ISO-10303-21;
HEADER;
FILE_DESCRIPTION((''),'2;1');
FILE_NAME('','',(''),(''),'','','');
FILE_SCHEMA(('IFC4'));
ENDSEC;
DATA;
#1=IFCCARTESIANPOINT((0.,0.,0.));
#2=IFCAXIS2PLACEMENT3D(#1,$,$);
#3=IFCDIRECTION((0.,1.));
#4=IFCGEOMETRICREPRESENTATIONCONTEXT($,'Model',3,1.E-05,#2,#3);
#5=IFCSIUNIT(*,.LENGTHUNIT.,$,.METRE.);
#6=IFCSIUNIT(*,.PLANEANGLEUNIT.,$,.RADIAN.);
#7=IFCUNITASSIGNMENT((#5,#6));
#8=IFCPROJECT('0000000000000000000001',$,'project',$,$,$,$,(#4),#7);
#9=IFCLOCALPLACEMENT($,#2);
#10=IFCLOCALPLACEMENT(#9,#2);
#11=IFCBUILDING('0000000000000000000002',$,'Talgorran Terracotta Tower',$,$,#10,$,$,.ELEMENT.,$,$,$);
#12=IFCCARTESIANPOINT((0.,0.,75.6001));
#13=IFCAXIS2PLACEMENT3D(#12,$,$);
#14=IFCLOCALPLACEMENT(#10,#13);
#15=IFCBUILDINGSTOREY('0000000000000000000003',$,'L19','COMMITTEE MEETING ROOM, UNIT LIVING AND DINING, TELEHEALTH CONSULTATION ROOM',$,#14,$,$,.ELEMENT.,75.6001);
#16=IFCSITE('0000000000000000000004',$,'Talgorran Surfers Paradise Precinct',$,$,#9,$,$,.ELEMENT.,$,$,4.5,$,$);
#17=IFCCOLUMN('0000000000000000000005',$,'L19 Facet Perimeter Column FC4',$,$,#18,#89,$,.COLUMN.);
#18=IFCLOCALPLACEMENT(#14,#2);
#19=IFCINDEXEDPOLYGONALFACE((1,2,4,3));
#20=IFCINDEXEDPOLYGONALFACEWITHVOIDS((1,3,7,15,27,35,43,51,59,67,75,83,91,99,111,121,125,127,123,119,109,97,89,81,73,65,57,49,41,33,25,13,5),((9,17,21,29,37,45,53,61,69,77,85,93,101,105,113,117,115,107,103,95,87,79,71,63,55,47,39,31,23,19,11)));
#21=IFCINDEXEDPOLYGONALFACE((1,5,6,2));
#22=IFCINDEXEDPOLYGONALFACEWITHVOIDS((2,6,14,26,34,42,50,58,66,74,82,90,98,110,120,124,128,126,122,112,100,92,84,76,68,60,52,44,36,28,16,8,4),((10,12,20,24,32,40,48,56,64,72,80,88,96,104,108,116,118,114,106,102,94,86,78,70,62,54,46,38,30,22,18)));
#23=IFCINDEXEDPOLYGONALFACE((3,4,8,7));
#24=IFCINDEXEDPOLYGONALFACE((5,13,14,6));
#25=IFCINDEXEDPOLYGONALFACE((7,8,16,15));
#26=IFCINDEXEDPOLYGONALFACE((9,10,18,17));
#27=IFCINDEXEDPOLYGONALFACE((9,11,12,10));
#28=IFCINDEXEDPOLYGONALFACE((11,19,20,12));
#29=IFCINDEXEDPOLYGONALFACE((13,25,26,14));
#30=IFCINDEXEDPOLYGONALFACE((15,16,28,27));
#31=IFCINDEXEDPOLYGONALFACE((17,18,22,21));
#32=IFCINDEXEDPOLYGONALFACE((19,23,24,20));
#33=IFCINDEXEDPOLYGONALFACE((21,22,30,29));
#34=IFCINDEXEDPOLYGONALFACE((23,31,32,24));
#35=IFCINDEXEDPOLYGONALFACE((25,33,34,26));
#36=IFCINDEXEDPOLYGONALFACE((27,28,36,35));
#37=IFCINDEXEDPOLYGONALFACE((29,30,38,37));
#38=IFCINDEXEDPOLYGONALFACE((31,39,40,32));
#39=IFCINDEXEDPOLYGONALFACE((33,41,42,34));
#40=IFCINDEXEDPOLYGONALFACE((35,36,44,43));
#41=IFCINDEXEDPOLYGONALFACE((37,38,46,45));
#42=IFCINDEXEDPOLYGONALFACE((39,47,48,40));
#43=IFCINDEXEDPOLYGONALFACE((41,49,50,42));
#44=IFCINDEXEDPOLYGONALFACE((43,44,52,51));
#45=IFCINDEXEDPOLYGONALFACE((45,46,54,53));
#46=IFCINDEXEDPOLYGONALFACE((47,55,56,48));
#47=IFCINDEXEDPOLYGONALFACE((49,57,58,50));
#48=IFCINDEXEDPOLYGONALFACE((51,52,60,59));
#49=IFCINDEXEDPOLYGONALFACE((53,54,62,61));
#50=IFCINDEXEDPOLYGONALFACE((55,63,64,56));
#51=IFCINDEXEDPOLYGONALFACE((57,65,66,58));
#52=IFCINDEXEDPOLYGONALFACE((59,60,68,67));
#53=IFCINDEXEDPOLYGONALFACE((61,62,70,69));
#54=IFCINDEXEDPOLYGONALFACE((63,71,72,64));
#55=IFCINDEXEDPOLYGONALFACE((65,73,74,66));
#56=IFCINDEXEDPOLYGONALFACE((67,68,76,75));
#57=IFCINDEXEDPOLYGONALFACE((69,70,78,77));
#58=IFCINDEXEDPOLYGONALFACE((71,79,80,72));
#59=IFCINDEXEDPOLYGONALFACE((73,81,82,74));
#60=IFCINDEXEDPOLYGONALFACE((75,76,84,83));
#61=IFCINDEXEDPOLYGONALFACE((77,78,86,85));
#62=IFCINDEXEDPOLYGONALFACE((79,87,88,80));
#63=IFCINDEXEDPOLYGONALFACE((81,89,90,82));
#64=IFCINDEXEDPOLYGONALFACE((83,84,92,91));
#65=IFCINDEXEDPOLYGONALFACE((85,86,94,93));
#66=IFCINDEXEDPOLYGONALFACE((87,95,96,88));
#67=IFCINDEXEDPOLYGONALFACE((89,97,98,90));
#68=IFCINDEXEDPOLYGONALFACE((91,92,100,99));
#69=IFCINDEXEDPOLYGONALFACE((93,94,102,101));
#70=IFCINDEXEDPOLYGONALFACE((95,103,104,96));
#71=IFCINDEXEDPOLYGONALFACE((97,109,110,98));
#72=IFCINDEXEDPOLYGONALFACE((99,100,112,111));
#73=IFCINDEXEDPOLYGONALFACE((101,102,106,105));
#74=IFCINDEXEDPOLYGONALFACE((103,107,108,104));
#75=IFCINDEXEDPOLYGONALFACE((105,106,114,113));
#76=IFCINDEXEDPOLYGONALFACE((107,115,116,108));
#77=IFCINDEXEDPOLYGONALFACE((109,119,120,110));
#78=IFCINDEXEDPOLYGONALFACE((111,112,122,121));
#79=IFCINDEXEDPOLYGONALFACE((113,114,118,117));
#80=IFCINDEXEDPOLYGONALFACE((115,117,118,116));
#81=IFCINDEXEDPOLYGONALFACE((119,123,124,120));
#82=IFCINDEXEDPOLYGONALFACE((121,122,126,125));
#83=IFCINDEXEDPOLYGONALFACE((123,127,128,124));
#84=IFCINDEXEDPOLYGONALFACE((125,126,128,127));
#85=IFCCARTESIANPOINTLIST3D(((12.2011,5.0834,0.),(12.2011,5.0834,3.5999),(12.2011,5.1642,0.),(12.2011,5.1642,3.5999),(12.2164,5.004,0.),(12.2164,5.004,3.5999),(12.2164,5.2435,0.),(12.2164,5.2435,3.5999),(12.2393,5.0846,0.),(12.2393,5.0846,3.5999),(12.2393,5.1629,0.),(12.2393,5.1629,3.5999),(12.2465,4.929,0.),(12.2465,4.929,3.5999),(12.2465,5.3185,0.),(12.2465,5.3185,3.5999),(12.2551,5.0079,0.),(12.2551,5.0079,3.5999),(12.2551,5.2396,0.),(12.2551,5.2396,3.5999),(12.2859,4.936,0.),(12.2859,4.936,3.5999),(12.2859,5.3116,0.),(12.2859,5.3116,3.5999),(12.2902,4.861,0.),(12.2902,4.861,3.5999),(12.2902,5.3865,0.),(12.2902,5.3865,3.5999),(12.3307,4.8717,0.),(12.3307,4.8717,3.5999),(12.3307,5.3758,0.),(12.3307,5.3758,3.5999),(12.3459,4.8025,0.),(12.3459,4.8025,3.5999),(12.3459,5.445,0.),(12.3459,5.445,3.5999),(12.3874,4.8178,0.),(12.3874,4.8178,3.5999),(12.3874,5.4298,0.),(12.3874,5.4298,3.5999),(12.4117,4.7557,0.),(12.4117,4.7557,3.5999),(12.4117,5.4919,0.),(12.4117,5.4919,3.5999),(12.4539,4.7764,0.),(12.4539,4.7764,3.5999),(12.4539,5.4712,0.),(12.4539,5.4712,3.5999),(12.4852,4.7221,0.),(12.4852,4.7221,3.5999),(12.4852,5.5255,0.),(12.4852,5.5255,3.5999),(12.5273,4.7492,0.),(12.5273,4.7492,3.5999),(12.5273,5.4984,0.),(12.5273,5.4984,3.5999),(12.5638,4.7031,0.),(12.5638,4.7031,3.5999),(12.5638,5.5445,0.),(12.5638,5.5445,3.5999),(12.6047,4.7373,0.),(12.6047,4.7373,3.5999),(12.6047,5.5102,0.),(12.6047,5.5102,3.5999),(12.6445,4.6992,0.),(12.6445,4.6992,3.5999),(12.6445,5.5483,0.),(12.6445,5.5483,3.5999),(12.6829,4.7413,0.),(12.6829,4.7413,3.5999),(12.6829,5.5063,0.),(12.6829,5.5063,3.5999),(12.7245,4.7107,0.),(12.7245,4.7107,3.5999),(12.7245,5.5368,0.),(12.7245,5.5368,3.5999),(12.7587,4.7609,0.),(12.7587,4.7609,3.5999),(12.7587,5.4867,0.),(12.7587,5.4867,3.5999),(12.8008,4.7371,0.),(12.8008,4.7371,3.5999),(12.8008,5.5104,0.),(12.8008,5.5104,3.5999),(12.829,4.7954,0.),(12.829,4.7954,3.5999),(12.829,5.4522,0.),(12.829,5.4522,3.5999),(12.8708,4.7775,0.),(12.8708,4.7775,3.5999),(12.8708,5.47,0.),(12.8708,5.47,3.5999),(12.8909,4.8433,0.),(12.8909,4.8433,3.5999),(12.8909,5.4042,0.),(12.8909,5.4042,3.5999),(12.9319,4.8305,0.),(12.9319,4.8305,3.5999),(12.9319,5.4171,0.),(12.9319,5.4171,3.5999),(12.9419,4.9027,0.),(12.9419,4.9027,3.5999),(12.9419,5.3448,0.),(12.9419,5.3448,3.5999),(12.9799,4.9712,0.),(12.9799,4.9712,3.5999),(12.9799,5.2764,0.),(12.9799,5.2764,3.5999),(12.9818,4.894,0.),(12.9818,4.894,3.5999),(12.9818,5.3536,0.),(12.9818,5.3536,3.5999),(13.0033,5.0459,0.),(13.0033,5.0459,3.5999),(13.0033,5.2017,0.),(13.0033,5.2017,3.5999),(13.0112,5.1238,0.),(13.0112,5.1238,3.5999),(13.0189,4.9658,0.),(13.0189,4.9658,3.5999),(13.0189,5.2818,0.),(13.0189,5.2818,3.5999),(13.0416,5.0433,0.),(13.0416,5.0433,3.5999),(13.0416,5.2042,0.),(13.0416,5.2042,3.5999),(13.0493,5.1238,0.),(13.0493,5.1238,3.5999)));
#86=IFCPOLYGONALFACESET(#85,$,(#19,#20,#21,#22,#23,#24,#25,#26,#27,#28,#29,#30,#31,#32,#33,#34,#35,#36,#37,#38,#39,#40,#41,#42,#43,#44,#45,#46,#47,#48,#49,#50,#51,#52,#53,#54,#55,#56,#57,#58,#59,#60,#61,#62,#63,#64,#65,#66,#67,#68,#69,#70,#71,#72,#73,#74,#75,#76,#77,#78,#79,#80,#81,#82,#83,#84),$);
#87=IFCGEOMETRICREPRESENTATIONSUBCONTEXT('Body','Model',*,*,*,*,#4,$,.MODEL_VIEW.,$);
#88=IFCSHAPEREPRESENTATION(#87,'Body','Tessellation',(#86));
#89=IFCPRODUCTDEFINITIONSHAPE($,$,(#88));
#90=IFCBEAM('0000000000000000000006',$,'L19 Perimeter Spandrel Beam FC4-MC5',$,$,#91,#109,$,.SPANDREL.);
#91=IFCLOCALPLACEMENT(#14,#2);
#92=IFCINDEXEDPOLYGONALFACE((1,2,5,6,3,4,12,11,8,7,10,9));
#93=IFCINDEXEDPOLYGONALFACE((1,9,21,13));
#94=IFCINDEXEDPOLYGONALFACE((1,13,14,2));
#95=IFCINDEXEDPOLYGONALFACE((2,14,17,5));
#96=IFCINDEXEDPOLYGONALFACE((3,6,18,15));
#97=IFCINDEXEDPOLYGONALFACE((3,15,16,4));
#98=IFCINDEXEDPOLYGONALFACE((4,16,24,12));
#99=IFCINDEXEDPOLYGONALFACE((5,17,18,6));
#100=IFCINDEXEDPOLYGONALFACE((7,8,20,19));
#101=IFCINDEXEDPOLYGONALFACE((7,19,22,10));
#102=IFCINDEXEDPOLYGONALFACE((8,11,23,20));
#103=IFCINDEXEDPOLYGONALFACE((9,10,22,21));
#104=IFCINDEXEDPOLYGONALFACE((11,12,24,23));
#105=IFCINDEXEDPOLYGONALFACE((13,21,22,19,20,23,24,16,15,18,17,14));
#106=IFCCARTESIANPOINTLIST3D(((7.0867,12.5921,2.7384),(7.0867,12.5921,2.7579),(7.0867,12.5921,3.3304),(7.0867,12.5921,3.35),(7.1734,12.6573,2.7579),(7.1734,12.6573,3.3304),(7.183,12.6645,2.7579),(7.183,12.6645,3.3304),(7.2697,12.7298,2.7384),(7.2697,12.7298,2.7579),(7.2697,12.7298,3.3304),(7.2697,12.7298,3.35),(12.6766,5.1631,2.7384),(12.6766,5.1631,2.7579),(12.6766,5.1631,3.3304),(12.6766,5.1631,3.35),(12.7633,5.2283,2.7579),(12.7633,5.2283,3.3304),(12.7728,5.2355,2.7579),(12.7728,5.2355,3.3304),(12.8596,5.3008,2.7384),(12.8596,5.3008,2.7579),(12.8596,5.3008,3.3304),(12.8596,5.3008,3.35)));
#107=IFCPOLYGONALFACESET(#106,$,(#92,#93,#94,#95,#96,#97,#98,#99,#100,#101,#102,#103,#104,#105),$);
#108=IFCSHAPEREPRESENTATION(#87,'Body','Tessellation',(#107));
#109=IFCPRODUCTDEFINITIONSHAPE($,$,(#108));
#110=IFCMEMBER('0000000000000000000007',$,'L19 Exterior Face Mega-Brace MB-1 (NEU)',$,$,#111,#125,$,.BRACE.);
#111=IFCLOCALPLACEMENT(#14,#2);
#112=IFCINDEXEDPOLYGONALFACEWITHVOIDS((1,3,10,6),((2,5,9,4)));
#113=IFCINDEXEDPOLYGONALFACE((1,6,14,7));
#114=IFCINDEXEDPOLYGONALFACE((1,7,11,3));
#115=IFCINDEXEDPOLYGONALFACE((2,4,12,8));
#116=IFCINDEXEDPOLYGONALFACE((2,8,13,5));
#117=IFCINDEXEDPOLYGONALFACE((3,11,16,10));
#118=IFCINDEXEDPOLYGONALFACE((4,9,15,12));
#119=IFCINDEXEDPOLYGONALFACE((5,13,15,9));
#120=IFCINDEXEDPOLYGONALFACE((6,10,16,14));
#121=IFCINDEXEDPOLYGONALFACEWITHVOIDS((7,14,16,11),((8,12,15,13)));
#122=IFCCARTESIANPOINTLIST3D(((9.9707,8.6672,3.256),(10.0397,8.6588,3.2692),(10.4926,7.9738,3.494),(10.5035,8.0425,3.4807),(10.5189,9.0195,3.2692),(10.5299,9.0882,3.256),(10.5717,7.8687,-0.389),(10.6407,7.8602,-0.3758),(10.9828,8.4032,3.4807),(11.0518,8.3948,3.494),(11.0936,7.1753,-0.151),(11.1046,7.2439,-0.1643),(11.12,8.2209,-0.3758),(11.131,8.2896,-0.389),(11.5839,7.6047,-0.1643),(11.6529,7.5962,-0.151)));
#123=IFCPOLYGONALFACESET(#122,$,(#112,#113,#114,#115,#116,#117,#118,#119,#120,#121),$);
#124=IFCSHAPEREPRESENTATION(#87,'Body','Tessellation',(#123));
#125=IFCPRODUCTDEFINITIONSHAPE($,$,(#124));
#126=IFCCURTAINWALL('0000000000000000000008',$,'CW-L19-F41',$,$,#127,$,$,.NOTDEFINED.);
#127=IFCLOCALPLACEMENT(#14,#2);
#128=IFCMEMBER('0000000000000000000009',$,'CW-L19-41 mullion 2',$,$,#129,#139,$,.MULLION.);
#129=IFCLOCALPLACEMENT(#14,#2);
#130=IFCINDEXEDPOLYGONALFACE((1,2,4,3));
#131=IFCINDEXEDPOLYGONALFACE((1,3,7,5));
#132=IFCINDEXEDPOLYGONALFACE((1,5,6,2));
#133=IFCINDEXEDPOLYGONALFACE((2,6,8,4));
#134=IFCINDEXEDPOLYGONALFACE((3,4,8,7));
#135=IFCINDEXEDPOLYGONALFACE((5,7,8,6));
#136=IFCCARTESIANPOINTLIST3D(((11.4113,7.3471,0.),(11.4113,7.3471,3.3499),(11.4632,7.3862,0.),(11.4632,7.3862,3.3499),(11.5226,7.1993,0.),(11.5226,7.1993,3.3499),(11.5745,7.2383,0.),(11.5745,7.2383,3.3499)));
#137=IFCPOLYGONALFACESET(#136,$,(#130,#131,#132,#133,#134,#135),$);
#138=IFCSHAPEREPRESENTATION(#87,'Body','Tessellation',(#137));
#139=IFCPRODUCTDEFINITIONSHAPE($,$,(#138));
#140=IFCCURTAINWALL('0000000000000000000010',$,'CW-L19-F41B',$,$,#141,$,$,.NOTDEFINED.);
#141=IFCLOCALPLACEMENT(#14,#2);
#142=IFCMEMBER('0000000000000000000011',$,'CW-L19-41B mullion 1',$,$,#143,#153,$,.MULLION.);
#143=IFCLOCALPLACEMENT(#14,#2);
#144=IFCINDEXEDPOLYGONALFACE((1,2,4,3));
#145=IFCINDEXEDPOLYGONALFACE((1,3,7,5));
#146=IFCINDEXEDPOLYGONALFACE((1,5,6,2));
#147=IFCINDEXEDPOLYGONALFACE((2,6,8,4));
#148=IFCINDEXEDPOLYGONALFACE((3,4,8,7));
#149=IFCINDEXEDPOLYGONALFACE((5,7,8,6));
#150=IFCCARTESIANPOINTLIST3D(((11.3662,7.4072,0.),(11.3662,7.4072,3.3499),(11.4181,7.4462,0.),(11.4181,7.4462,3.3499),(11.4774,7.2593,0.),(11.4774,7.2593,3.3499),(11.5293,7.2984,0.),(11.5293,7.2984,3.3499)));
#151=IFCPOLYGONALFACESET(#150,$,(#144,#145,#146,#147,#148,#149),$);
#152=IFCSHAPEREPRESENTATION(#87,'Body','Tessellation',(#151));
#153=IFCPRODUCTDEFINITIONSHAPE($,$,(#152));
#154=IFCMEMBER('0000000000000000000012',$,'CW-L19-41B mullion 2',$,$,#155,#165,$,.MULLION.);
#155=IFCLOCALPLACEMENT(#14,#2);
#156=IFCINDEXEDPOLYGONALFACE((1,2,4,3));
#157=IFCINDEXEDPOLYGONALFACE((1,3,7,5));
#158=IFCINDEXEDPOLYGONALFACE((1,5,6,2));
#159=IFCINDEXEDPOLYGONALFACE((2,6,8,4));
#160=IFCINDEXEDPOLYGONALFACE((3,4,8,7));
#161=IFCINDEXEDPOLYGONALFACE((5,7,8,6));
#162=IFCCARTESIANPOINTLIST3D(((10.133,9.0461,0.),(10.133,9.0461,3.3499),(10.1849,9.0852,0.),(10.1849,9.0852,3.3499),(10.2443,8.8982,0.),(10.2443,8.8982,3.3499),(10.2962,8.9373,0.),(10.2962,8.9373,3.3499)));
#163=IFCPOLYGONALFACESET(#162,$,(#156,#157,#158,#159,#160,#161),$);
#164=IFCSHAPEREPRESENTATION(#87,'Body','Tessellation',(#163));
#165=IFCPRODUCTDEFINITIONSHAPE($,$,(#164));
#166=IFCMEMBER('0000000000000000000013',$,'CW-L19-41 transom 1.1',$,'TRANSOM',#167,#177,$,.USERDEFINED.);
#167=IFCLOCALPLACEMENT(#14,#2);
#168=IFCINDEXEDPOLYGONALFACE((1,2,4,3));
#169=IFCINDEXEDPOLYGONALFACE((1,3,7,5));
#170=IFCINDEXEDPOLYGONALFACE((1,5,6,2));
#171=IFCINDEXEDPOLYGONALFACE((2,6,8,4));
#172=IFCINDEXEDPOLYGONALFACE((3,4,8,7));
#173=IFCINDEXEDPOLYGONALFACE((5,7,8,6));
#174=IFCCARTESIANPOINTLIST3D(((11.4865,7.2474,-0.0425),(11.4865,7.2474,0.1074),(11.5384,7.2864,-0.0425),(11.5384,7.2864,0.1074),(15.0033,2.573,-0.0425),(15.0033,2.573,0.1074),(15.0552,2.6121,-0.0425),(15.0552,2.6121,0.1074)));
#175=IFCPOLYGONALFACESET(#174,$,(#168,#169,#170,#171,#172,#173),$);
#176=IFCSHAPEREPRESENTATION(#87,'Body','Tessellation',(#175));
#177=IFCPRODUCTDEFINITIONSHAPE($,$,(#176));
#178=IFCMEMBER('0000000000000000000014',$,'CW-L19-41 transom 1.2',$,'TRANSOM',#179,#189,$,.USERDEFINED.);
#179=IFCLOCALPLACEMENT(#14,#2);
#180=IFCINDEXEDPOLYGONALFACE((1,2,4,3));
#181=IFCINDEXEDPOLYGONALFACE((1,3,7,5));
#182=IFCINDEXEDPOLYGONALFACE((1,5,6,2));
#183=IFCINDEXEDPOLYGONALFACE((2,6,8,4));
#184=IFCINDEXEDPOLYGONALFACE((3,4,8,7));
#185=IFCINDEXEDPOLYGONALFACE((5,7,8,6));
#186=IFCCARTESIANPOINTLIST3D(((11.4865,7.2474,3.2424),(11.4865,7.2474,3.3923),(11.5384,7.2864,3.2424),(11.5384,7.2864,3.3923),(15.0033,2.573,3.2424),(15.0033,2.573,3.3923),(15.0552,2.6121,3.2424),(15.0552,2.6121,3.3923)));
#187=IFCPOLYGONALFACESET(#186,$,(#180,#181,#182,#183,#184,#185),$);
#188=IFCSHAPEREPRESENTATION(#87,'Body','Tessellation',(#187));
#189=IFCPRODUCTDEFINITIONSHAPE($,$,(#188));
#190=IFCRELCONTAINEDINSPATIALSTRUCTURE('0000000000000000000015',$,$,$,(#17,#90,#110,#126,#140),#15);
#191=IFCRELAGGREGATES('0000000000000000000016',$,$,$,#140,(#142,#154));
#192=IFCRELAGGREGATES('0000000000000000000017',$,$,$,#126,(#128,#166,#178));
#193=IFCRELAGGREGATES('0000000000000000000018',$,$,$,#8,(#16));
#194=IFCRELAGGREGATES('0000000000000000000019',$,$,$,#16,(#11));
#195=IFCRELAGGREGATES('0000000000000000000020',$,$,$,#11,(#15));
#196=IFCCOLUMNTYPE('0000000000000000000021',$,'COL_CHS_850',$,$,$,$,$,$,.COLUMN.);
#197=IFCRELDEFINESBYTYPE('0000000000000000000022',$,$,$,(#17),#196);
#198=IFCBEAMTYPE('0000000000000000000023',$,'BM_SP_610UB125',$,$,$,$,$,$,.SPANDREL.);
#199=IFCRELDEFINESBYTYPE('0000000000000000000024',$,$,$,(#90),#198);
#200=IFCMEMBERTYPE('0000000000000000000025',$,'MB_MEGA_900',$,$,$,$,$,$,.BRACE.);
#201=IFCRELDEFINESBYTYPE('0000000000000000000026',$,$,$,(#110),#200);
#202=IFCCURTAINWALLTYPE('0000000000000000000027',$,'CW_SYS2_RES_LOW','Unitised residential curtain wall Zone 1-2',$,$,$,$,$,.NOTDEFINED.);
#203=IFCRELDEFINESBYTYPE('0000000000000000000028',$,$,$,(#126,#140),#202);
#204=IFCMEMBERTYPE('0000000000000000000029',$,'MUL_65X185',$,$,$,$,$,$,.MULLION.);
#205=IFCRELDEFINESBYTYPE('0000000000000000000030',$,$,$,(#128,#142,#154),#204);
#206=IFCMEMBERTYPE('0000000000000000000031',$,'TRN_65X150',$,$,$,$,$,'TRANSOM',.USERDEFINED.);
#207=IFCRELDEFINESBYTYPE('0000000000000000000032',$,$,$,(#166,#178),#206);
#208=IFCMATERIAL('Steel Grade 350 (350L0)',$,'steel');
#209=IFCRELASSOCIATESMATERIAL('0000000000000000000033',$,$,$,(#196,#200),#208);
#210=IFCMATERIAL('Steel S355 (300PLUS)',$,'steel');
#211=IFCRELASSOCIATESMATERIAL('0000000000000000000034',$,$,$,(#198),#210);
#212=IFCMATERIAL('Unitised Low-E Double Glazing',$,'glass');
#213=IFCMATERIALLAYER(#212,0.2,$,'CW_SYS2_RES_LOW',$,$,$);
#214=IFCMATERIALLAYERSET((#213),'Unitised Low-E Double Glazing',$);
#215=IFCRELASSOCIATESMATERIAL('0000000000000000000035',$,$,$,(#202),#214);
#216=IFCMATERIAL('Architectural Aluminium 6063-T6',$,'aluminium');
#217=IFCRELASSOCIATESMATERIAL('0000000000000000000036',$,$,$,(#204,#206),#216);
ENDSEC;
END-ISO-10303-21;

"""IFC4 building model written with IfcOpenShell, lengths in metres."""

from ifc_helpers import new_model, si_unit, direction, frame, origin, origin_2d, place, context, subcontext, project, spatial, rectangle, hollow_rectangle, hollow_circle, i_section, extrude, material, layer, layer_set, material_profile, profile_set, type_object, element, aggregate, save


model = new_model("IFC4")

# Units and contexts
model_context = context("Model", 3, precision=1e-05, world=origin(), true_north=direction((0.0, 1.0)))
body_context = subcontext(model_context, "Body", "Model", "MODEL_VIEW")
ifc_project = project(units=[si_unit("LENGTHUNIT", "METRE"), si_unit("PLANEANGLEUNIT", "RADIAN")], contexts=[model_context])

# Site, building, storey
site_placement = place(None, origin())
site = spatial("IfcSite", under=ifc_project, at=site_placement, Name="Talgorran Surfers Paradise Precinct", CompositionType="ELEMENT", RefElevation=4.5)
building_placement = place(site_placement, origin())
building = spatial("IfcBuilding", under=site, at=building_placement, Name="Talgorran Terracotta Tower", CompositionType="ELEMENT")
storey_placement = place(building_placement, frame((0.0, 0.0, 75.6001)))
storey = spatial("IfcBuildingStorey", under=building, at=storey_placement, Name="L19", Description="COMMITTEE MEETING ROOM, UNIT LIVING AND DINING, TELEHEALTH CONSULTATION ROOM", CompositionType="ELEMENT", Elevation=75.6001)

# Column
ifc_material_1 = material(Name="Steel Grade 350 (350L0)", Category="steel")
ifc_material_profile_1 = material_profile(ifc_material_1, hollow_circle(Radius=0.425, WallThickness=0.0381, at=origin_2d()), Name="CHS850X38")
ifc_profile_set_1 = profile_set([ifc_material_profile_1], Name="Steel Grade 350 (350L0)")
column_type = type_object("IfcColumnType", Name="COL_CHS_850", PredefinedType="COLUMN", material=ifc_profile_set_1)
column_placement = place(storey_placement, frame((12.6243, 5.1238, 0.0), z_axis=(0.0, 0.0, 1.0), x_axis=(1.0, 0.0, 0.0)))
element("IfcColumn", 1, at=column_placement, inside=storey, type_object=column_type, Name="L19 Facet Perimeter Column FC4", PredefinedType="COLUMN", context=body_context, shape_type="SweptSolid", body=[
    extrude(hollow_circle(Radius=0.425, WallThickness=0.0381, at=origin_2d()), origin(), (0.0, 0.0, 1.0), 3.5999),
])

# Beam
ifc_material_2 = material(Name="Steel S355 (300PLUS)", Category="steel")
ifc_material_profile_2 = material_profile(ifc_material_2, i_section(OverallWidth=0.229, OverallDepth=0.6116, WebThickness=0.012, FlangeThickness=0.0195, at=origin_2d()), Name="610UB125")
ifc_profile_set_2 = profile_set([ifc_material_profile_2], Name="Steel S355 (300PLUS)")
beam_type = type_object("IfcBeamType", Name="BM_SP_610UB125", PredefinedType="SPANDREL", material=ifc_profile_set_2)
beam_placement = place(storey_placement, frame((12.7681, 5.2319, 3.0442), z_axis=(-0.601247, 0.799063, 0.0), x_axis=(-0.799063, -0.601247, 0.0)))
element("IfcBeam", 2, at=beam_placement, inside=storey, type_object=beam_type, Name="L19 Perimeter Spandrel Beam FC4-MC5", PredefinedType="SPANDREL", context=body_context, shape_type="SweptSolid", body=[
    extrude(i_section(OverallWidth=0.229, OverallDepth=0.6116, WebThickness=0.012, FlangeThickness=0.0195, at=origin_2d()), origin(), (0.0, 0.0, 1.0), 9.2971),
])

# Member
ifc_material_profile_3 = material_profile(ifc_material_1, hollow_rectangle(XDim=0.7, YDim=0.8999, WallThickness=0.05, at=origin_2d()), Name="WBOX900X700X50")
ifc_profile_set_3 = profile_set([ifc_material_profile_3], Name="Steel Grade 350 (350L0)")
member_type_1 = type_object("IfcMemberType", Name="MB_MEGA_900", PredefinedType="BRACE", material=ifc_profile_set_3)
member_1_placement = place(storey_placement, frame((11.1123, 7.7324, -0.27), z_axis=(-0.159032, 0.211289, 0.964399), x_axis=(-0.798973, -0.601367, 0.0)))
element("IfcMember", 3, at=member_1_placement, inside=storey, type_object=member_type_1, Name="L19 Exterior Face Mega-Brace MB-1 (NEU)", PredefinedType="BRACE", context=body_context, shape_type="SweptSolid", body=[
    extrude(hollow_rectangle(XDim=0.7, YDim=0.8999, WallThickness=0.05, at=origin_2d()), origin(), (0.0, 0.0, 1.0), 3.7795),
])

# Curtain wall, member
ifc_material_3 = material(Name="Unitised Low-E Double Glazing", Category="glass")
ifc_layer_1 = layer(ifc_material_3, 0.2, Name="CW_SYS2_RES_LOW")
ifc_layer_set_1 = layer_set([ifc_layer_1], Name="Unitised Low-E Double Glazing")
curtain_wall_type = type_object("IfcCurtainWallType", Name="CW_SYS2_RES_LOW", Description="Unitised residential curtain wall Zone 1-2", PredefinedType="NOTDEFINED", material=ifc_layer_set_1)
curtain_wall_1_placement = place(storey_placement, origin())
curtain_wall_1 = element("IfcCurtainWall", 4, at=curtain_wall_1_placement, inside=storey, type_object=curtain_wall_type, Name="CW-L19-F41", PredefinedType="NOTDEFINED")
ifc_material_4 = material(Name="Architectural Aluminium 6063-T6", Category="aluminium")
ifc_material_profile_4 = material_profile(ifc_material_4, rectangle(XDim=0.0649, YDim=0.1851, at=origin_2d()), Name="CWM65X185")
ifc_profile_set_4 = profile_set([ifc_material_profile_4], Name="Architectural Aluminium 6063-T6")
member_type_2 = type_object("IfcMemberType", Name="MUL_65X185", PredefinedType="MULLION", material=ifc_profile_set_4)
member_2_placement = place(storey_placement, frame((11.4929, 7.2927, 0.0), z_axis=(0.0, 0.0, 1.0), x_axis=(-0.79906, -0.601252, 0.0)))
member_2 = element("IfcMember", 5, at=member_2_placement, type_object=member_type_2, Name="CW-L19-41 mullion 2", PredefinedType="MULLION", context=body_context, shape_type="SweptSolid", body=[
    extrude(rectangle(XDim=0.0649, YDim=0.1851, at=origin_2d()), origin(), (0.0, 0.0, 1.0), 3.3499),
])

# Curtain wall, members
curtain_wall_2_placement = place(storey_placement, origin())
curtain_wall_2 = element("IfcCurtainWall", 6, at=curtain_wall_2_placement, inside=storey, type_object=curtain_wall_type, Name="CW-L19-F41B", PredefinedType="NOTDEFINED")
member_3_placement = place(storey_placement, frame((11.4478, 7.3528, 0.0), z_axis=(0.0, 0.0, 1.0), x_axis=(-0.799063, -0.601247, 0.0)))
member_3 = element("IfcMember", 7, at=member_3_placement, type_object=member_type_2, Name="CW-L19-41B mullion 1", PredefinedType="MULLION", context=body_context, shape_type="SweptSolid", body=[
    extrude(rectangle(XDim=0.0649, YDim=0.1851, at=origin_2d()), origin(), (0.0, 0.0, 1.0), 3.3499),
])
member_4_placement = place(storey_placement, frame((10.2146, 8.9917, 0.0), z_axis=(0.0, 0.0, 1.0), x_axis=(-0.799063, -0.601247, 0.0)))
member_4 = element("IfcMember", 8, at=member_4_placement, type_object=member_type_2, Name="CW-L19-41B mullion 2", PredefinedType="MULLION", context=body_context, shape_type="SweptSolid", body=[
    extrude(rectangle(XDim=0.0649, YDim=0.1851, at=origin_2d()), origin(), (0.0, 0.0, 1.0), 3.3499),
])

# Members
ifc_material_profile_5 = material_profile(ifc_material_4, rectangle(XDim=0.0649, YDim=0.1499, at=origin_2d()), Name="CWT65X150")
ifc_profile_set_5 = profile_set([ifc_material_profile_5], Name="Architectural Aluminium 6063-T6")
member_type_3 = type_object("IfcMemberType", Name="TRN_65X150", ElementType="TRANSOM", PredefinedType="USERDEFINED", material=ifc_profile_set_5)
member_5_placement = place(storey_placement, frame((15.0293, 2.5925, 0.0325), z_axis=(-0.601215, 0.799088, 0.0), x_axis=(-0.799088, -0.601215, 0.0)))
member_5 = element("IfcMember", 9, at=member_5_placement, type_object=member_type_3, Name="CW-L19-41 transom 1.1", ObjectType="TRANSOM", PredefinedType="USERDEFINED", context=body_context, shape_type="SweptSolid", body=[
    extrude(rectangle(XDim=0.0649, YDim=0.1499, at=origin_2d()), origin(), (0.0, 0.0, 1.0), 5.8496),
])
member_6_placement = place(storey_placement, frame((15.0293, 2.5925, 3.3174), z_axis=(-0.601215, 0.799088, 0.0), x_axis=(-0.799088, -0.601215, 0.0)))
member_6 = element("IfcMember", 10, at=member_6_placement, type_object=member_type_3, Name="CW-L19-41 transom 1.2", ObjectType="TRANSOM", PredefinedType="USERDEFINED", context=body_context, shape_type="SweptSolid", body=[
    extrude(rectangle(XDim=0.0649, YDim=0.1499, at=origin_2d()), origin(), (0.0, 0.0, 1.0), 5.8496),
])

aggregate(curtain_wall_2, [member_3, member_4])
aggregate(curtain_wall_1, [member_2, member_5, member_6])

save(model, "model.ifc")
